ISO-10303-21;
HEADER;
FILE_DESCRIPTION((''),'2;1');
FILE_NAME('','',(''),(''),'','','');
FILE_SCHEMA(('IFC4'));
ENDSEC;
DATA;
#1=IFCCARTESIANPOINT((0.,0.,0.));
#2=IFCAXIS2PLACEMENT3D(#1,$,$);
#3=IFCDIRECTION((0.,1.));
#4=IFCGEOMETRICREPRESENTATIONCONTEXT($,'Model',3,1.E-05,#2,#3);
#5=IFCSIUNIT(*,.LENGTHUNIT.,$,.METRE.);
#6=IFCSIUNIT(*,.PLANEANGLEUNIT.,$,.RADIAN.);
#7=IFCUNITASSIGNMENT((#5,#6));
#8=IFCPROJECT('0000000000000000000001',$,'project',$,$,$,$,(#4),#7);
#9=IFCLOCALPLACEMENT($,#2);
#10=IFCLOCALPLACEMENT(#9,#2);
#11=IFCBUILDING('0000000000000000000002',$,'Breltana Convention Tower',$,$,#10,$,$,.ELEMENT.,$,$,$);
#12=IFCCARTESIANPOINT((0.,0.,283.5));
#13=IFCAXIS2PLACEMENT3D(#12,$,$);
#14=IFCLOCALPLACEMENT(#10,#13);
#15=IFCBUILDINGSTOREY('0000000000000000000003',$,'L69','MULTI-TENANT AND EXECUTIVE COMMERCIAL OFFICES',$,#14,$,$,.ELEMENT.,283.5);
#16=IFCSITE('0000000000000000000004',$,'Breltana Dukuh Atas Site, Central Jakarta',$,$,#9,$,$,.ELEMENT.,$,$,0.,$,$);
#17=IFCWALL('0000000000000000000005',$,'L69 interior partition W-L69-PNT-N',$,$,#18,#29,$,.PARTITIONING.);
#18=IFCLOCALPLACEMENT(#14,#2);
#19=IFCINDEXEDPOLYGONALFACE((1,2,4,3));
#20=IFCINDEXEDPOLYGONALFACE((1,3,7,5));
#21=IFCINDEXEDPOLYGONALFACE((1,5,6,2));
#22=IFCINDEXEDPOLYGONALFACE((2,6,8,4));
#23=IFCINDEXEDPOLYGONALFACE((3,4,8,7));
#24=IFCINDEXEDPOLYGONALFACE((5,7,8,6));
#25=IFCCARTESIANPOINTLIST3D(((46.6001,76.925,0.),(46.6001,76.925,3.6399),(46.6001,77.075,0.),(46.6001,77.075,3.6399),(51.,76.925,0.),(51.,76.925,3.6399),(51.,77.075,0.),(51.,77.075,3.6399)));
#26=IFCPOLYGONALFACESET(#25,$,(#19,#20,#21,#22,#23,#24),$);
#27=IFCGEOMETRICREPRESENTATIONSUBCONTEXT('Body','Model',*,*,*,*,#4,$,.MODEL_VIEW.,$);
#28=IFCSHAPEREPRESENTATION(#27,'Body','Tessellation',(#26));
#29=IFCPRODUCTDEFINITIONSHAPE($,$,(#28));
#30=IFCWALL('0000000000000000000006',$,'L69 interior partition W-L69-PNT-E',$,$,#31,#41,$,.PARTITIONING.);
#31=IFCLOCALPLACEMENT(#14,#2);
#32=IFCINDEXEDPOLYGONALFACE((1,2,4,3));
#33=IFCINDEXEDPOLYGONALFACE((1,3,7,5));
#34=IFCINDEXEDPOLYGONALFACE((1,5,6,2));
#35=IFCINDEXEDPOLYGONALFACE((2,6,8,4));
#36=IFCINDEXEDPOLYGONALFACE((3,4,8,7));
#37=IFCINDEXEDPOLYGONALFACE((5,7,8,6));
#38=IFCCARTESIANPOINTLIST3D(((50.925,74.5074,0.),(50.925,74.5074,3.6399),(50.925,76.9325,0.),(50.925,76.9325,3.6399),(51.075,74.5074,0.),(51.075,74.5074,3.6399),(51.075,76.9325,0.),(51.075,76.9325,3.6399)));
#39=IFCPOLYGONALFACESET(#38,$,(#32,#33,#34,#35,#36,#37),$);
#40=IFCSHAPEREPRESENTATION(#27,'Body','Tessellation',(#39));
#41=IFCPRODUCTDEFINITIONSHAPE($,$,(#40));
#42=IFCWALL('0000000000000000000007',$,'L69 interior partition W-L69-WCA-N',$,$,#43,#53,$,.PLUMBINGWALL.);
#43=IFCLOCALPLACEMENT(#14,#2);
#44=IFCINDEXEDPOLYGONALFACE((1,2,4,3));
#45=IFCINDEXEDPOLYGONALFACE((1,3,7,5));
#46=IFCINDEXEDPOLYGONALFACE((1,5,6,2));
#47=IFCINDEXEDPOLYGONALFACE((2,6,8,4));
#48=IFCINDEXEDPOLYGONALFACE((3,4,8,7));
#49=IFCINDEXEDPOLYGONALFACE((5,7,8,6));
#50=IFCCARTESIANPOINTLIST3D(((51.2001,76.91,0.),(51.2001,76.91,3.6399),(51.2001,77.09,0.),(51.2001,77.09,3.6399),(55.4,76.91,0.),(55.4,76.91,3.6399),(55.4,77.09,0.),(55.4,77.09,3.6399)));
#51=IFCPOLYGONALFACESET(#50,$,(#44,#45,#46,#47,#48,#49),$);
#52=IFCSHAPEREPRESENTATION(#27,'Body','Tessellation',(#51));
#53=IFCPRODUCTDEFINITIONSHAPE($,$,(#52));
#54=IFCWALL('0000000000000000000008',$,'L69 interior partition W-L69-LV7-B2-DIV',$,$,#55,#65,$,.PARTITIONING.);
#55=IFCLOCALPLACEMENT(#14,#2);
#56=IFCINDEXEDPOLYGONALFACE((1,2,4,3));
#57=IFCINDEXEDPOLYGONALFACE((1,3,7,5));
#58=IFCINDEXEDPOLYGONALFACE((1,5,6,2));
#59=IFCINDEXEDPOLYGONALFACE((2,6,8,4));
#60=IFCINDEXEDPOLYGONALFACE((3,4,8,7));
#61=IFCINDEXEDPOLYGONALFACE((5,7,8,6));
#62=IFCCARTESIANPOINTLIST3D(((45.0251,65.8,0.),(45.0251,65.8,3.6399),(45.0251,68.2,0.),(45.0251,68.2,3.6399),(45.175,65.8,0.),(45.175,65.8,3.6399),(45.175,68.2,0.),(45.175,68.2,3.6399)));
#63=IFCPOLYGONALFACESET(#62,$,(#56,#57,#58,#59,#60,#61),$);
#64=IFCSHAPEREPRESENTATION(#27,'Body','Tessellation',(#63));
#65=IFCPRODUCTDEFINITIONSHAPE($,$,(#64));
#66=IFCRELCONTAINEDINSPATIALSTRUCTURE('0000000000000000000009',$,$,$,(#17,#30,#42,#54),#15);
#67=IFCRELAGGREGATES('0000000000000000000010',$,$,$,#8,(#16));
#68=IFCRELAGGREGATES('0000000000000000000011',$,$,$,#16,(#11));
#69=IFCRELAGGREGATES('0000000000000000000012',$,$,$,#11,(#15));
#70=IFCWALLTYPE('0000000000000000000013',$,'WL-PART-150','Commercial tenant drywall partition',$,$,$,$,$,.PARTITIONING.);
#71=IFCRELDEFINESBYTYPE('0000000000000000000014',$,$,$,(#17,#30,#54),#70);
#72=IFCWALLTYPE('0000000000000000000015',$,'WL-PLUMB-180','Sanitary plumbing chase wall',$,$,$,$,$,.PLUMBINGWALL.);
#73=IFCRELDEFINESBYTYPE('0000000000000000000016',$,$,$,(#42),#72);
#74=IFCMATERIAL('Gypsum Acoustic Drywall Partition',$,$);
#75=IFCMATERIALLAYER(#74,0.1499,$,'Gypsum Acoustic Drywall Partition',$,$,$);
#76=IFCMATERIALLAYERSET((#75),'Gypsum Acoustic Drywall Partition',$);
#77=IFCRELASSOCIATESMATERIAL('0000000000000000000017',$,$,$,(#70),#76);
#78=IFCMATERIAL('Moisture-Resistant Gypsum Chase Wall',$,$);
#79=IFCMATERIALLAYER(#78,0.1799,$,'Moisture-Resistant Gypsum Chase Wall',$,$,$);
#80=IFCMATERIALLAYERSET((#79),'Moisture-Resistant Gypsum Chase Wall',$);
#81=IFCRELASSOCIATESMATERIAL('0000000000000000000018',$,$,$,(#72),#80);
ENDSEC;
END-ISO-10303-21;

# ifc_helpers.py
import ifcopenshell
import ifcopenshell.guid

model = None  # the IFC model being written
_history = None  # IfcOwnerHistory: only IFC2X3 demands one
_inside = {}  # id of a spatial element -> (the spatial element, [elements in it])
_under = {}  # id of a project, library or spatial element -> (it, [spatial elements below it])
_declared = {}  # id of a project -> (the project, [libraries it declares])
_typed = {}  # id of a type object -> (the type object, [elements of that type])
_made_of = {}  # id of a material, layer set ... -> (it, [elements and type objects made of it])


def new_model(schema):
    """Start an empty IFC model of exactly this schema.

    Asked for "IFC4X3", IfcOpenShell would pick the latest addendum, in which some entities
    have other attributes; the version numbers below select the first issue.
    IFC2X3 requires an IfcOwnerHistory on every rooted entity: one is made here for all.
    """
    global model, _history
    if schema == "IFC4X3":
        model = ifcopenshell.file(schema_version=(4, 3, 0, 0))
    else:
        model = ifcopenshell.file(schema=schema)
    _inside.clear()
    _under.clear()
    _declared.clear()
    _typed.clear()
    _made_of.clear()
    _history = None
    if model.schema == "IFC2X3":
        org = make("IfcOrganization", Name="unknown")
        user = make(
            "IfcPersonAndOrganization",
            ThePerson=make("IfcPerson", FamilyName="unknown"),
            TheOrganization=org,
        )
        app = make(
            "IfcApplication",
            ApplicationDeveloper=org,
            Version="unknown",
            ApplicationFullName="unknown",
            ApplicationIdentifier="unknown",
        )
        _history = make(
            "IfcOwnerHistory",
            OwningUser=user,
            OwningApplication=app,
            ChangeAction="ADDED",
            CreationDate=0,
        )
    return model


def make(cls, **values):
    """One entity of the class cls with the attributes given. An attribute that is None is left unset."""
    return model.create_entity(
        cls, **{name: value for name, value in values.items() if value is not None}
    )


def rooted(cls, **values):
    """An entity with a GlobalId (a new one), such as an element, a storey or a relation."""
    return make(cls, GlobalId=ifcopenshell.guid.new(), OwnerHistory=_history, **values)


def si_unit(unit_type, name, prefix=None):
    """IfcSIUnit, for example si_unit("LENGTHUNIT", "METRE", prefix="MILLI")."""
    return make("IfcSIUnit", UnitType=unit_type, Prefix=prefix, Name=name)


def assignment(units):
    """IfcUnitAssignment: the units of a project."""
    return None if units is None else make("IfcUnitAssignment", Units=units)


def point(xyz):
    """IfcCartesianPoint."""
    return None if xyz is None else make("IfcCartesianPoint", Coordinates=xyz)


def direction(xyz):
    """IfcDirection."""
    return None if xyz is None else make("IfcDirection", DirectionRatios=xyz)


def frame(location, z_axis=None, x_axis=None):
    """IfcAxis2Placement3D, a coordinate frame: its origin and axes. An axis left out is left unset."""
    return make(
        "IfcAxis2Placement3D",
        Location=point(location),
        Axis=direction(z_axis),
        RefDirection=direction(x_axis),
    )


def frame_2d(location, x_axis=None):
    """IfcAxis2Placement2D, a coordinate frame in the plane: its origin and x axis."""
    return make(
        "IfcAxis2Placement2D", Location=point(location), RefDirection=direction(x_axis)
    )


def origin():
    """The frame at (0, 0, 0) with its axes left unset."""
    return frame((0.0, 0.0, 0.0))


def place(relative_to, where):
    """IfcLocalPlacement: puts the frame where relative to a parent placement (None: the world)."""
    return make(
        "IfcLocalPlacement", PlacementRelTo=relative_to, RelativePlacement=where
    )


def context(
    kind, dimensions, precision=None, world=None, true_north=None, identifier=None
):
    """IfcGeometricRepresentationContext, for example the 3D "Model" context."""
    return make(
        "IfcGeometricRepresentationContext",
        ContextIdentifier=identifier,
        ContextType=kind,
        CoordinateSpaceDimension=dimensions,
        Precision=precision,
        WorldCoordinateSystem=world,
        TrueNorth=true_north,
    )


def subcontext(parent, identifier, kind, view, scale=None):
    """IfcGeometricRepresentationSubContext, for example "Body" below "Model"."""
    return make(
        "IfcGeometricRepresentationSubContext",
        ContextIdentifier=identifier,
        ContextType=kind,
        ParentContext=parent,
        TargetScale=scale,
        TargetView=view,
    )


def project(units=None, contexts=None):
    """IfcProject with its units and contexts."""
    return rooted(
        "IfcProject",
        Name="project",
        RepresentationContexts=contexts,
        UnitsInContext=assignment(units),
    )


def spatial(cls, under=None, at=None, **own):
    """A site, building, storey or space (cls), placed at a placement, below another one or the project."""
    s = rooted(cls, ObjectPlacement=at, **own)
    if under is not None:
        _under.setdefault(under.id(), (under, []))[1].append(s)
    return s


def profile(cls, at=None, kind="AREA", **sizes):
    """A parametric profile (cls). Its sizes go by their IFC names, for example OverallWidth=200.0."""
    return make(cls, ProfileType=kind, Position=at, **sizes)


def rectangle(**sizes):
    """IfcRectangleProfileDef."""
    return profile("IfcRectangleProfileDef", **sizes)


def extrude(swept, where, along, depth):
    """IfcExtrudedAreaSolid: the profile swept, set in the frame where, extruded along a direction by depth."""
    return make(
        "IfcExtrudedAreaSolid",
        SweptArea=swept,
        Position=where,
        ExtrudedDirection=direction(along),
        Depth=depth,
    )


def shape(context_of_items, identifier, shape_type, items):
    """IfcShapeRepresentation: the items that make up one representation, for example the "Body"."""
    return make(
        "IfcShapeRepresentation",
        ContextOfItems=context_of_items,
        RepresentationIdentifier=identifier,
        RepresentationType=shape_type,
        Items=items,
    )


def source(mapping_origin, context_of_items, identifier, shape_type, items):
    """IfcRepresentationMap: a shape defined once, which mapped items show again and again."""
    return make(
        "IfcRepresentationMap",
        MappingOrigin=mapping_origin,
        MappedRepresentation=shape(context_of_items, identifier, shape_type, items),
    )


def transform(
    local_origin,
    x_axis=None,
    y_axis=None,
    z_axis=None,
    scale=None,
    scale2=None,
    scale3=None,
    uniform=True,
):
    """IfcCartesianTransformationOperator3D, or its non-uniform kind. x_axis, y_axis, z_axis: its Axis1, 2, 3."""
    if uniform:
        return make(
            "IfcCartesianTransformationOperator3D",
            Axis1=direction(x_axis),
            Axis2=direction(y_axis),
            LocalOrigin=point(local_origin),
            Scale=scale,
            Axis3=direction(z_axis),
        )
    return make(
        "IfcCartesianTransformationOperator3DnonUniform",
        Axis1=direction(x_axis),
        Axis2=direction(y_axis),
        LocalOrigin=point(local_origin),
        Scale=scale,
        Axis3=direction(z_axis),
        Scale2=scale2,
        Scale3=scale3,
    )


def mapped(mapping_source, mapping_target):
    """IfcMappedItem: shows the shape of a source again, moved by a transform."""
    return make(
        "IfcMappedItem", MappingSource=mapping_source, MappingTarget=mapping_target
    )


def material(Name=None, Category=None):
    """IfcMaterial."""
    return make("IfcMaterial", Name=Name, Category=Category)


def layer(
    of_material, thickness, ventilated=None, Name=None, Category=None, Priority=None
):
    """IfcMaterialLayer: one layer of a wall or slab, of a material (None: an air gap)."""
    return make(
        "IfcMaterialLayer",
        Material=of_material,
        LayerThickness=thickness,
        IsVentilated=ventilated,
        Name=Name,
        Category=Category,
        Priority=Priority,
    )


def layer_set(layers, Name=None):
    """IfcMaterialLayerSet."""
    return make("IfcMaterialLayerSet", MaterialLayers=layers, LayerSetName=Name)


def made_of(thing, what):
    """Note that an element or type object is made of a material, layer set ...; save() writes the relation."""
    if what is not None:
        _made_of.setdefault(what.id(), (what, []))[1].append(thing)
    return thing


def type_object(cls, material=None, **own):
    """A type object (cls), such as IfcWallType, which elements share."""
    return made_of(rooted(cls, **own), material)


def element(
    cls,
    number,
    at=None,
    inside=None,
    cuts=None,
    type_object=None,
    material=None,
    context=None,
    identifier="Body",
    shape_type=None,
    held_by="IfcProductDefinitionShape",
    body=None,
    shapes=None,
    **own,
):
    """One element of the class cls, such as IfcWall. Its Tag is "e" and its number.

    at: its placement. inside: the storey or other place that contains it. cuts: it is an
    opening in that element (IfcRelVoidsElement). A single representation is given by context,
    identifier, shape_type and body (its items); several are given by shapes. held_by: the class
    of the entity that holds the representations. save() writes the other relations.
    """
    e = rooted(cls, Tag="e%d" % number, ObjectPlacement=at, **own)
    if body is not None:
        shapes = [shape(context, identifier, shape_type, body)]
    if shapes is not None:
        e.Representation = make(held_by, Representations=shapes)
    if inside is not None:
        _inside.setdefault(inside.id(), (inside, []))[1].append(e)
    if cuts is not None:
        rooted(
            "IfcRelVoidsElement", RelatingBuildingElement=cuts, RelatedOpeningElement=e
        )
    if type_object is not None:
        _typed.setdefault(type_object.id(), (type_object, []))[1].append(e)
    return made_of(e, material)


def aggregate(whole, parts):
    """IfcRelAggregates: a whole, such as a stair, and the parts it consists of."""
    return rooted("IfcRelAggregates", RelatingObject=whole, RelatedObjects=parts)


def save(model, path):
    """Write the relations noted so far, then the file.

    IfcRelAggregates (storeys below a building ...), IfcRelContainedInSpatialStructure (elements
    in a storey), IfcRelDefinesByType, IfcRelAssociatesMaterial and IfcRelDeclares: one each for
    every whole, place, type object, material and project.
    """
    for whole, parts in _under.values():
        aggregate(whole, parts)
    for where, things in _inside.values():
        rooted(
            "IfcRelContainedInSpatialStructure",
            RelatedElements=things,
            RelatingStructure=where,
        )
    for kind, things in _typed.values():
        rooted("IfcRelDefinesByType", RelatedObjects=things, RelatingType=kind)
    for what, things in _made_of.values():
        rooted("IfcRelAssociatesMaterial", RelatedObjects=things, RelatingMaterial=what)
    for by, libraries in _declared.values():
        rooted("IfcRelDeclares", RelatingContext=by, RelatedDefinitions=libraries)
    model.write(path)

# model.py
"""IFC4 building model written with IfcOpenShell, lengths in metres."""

from ifc_helpers import new_model, si_unit, direction, frame, frame_2d, origin, place, context, subcontext, project, spatial, rectangle, extrude, source, transform, mapped, material, layer, layer_set, type_object, element, save


model = new_model("IFC4")

# Units and contexts
model_context = context("Model", 3, precision=1e-05, world=origin(), true_north=direction((0.0, 1.0)))
body_context = subcontext(model_context, "Body", "Model", "MODEL_VIEW")
ifc_project = project(units=[si_unit("LENGTHUNIT", "METRE"), si_unit("PLANEANGLEUNIT", "RADIAN")], contexts=[model_context])

# Site, building, storey
site_placement = place(None, origin())
site = spatial("IfcSite", under=ifc_project, at=site_placement, Name="Breltana Dukuh Atas Site, Central Jakarta", CompositionType="ELEMENT", RefElevation=0.0)
building_placement = place(site_placement, origin())
building = spatial("IfcBuilding", under=site, at=building_placement, Name="Breltana Convention Tower", CompositionType="ELEMENT")
storey_placement = place(building_placement, frame((0.0, 0.0, 283.5)))
storey = spatial("IfcBuildingStorey", under=building, at=storey_placement, Name="L69", Description="MULTI-TENANT AND EXECUTIVE COMMERCIAL OFFICES", CompositionType="ELEMENT", Elevation=283.5)

# Shared definitions
ifc_material_1 = material(Name="Gypsum Acoustic Drywall Partition")
ifc_layer_1 = layer(ifc_material_1, 0.1499, Name="Gypsum Acoustic Drywall Partition")
ifc_layer_set_1 = layer_set([ifc_layer_1], Name="Gypsum Acoustic Drywall Partition")
wall_type_1 = type_object("IfcWallType", Name="WL-PART-150", Description="Commercial tenant drywall partition", PredefinedType="PARTITIONING", material=ifc_layer_set_1)
shared_shape_1 = source(origin(), body_context, "Body", "SweptSolid", [
    extrude(rectangle(XDim=4.3999, YDim=0.1499, at=frame_2d((2.2, 0.0))), origin(), (0.0, 0.0, 1.0), 3.6399),
])

# Walls
wall_1_placement = place(storey_placement, frame((46.6001, 77.0, 0.0), z_axis=(0.0, 0.0, 1.0), x_axis=(1.0, 0.0, 0.0)))
element("IfcWall", 1, at=wall_1_placement, inside=storey, type_object=wall_type_1, Name="L69 interior partition W-L69-PNT-N", PredefinedType="PARTITIONING", context=body_context, shape_type="MappedRepresentation", body=[
    mapped(shared_shape_1, transform((0.0, 0.0, 0.0), scale=1.0)),
])
shared_shape_2 = source(origin(), body_context, "Body", "SweptSolid", [
    extrude(rectangle(XDim=2.425, YDim=0.1499, at=frame_2d((1.2124, 0.0))), origin(), (0.0, 0.0, 1.0), 3.6399),
])
wall_2_placement = place(storey_placement, frame((51.0, 74.5076, 0.0), z_axis=(0.0, 0.0, 1.0), x_axis=(0.0, 1.0, 0.0)))
element("IfcWall", 2, at=wall_2_placement, inside=storey, type_object=wall_type_1, Name="L69 interior partition W-L69-PNT-E", PredefinedType="PARTITIONING", context=body_context, shape_type="MappedRepresentation", body=[
    mapped(shared_shape_2, transform((0.0, 0.0, 0.0), scale=1.0)),
])

# Walls
ifc_material_2 = material(Name="Moisture-Resistant Gypsum Chase Wall")
ifc_layer_2 = layer(ifc_material_2, 0.1799, Name="Moisture-Resistant Gypsum Chase Wall")
ifc_layer_set_2 = layer_set([ifc_layer_2], Name="Moisture-Resistant Gypsum Chase Wall")
wall_type_2 = type_object("IfcWallType", Name="WL-PLUMB-180", Description="Sanitary plumbing chase wall", PredefinedType="PLUMBINGWALL", material=ifc_layer_set_2)
shared_shape_3 = source(origin(), body_context, "Body", "SweptSolid", [
    extrude(rectangle(XDim=4.2, YDim=0.1799, at=frame_2d((2.1001, 0.0))), origin(), (0.0, 0.0, 1.0), 3.6399),
])
wall_3_placement = place(storey_placement, frame((51.2, 77.0, 0.0), z_axis=(0.0, 0.0, 1.0), x_axis=(1.0, 0.0, 0.0)))
element("IfcWall", 3, at=wall_3_placement, inside=storey, type_object=wall_type_2, Name="L69 interior partition W-L69-WCA-N", PredefinedType="PLUMBINGWALL", context=body_context, shape_type="MappedRepresentation", body=[
    mapped(shared_shape_3, transform((0.0, 0.0, 0.0), scale=1.0)),
])
shared_shape_4 = source(origin(), body_context, "Body", "SweptSolid", [
    extrude(rectangle(XDim=2.3999, YDim=0.1499, at=frame_2d((1.2, 0.0))), origin(), (0.0, 0.0, 1.0), 3.6399),
])
wall_4_placement = place(storey_placement, frame((45.1001, 65.8, 0.0), z_axis=(0.0, 0.0, 1.0), x_axis=(0.0, 1.0, 0.0)))
element("IfcWall", 4, at=wall_4_placement, inside=storey, type_object=wall_type_1, Name="L69 interior partition W-L69-LV7-B2-DIV", PredefinedType="PARTITIONING", context=body_context, shape_type="MappedRepresentation", body=[
    mapped(shared_shape_4, transform((0.0, 0.0, 0.0), scale=1.0)),
])

save(model, "model.ifc")
